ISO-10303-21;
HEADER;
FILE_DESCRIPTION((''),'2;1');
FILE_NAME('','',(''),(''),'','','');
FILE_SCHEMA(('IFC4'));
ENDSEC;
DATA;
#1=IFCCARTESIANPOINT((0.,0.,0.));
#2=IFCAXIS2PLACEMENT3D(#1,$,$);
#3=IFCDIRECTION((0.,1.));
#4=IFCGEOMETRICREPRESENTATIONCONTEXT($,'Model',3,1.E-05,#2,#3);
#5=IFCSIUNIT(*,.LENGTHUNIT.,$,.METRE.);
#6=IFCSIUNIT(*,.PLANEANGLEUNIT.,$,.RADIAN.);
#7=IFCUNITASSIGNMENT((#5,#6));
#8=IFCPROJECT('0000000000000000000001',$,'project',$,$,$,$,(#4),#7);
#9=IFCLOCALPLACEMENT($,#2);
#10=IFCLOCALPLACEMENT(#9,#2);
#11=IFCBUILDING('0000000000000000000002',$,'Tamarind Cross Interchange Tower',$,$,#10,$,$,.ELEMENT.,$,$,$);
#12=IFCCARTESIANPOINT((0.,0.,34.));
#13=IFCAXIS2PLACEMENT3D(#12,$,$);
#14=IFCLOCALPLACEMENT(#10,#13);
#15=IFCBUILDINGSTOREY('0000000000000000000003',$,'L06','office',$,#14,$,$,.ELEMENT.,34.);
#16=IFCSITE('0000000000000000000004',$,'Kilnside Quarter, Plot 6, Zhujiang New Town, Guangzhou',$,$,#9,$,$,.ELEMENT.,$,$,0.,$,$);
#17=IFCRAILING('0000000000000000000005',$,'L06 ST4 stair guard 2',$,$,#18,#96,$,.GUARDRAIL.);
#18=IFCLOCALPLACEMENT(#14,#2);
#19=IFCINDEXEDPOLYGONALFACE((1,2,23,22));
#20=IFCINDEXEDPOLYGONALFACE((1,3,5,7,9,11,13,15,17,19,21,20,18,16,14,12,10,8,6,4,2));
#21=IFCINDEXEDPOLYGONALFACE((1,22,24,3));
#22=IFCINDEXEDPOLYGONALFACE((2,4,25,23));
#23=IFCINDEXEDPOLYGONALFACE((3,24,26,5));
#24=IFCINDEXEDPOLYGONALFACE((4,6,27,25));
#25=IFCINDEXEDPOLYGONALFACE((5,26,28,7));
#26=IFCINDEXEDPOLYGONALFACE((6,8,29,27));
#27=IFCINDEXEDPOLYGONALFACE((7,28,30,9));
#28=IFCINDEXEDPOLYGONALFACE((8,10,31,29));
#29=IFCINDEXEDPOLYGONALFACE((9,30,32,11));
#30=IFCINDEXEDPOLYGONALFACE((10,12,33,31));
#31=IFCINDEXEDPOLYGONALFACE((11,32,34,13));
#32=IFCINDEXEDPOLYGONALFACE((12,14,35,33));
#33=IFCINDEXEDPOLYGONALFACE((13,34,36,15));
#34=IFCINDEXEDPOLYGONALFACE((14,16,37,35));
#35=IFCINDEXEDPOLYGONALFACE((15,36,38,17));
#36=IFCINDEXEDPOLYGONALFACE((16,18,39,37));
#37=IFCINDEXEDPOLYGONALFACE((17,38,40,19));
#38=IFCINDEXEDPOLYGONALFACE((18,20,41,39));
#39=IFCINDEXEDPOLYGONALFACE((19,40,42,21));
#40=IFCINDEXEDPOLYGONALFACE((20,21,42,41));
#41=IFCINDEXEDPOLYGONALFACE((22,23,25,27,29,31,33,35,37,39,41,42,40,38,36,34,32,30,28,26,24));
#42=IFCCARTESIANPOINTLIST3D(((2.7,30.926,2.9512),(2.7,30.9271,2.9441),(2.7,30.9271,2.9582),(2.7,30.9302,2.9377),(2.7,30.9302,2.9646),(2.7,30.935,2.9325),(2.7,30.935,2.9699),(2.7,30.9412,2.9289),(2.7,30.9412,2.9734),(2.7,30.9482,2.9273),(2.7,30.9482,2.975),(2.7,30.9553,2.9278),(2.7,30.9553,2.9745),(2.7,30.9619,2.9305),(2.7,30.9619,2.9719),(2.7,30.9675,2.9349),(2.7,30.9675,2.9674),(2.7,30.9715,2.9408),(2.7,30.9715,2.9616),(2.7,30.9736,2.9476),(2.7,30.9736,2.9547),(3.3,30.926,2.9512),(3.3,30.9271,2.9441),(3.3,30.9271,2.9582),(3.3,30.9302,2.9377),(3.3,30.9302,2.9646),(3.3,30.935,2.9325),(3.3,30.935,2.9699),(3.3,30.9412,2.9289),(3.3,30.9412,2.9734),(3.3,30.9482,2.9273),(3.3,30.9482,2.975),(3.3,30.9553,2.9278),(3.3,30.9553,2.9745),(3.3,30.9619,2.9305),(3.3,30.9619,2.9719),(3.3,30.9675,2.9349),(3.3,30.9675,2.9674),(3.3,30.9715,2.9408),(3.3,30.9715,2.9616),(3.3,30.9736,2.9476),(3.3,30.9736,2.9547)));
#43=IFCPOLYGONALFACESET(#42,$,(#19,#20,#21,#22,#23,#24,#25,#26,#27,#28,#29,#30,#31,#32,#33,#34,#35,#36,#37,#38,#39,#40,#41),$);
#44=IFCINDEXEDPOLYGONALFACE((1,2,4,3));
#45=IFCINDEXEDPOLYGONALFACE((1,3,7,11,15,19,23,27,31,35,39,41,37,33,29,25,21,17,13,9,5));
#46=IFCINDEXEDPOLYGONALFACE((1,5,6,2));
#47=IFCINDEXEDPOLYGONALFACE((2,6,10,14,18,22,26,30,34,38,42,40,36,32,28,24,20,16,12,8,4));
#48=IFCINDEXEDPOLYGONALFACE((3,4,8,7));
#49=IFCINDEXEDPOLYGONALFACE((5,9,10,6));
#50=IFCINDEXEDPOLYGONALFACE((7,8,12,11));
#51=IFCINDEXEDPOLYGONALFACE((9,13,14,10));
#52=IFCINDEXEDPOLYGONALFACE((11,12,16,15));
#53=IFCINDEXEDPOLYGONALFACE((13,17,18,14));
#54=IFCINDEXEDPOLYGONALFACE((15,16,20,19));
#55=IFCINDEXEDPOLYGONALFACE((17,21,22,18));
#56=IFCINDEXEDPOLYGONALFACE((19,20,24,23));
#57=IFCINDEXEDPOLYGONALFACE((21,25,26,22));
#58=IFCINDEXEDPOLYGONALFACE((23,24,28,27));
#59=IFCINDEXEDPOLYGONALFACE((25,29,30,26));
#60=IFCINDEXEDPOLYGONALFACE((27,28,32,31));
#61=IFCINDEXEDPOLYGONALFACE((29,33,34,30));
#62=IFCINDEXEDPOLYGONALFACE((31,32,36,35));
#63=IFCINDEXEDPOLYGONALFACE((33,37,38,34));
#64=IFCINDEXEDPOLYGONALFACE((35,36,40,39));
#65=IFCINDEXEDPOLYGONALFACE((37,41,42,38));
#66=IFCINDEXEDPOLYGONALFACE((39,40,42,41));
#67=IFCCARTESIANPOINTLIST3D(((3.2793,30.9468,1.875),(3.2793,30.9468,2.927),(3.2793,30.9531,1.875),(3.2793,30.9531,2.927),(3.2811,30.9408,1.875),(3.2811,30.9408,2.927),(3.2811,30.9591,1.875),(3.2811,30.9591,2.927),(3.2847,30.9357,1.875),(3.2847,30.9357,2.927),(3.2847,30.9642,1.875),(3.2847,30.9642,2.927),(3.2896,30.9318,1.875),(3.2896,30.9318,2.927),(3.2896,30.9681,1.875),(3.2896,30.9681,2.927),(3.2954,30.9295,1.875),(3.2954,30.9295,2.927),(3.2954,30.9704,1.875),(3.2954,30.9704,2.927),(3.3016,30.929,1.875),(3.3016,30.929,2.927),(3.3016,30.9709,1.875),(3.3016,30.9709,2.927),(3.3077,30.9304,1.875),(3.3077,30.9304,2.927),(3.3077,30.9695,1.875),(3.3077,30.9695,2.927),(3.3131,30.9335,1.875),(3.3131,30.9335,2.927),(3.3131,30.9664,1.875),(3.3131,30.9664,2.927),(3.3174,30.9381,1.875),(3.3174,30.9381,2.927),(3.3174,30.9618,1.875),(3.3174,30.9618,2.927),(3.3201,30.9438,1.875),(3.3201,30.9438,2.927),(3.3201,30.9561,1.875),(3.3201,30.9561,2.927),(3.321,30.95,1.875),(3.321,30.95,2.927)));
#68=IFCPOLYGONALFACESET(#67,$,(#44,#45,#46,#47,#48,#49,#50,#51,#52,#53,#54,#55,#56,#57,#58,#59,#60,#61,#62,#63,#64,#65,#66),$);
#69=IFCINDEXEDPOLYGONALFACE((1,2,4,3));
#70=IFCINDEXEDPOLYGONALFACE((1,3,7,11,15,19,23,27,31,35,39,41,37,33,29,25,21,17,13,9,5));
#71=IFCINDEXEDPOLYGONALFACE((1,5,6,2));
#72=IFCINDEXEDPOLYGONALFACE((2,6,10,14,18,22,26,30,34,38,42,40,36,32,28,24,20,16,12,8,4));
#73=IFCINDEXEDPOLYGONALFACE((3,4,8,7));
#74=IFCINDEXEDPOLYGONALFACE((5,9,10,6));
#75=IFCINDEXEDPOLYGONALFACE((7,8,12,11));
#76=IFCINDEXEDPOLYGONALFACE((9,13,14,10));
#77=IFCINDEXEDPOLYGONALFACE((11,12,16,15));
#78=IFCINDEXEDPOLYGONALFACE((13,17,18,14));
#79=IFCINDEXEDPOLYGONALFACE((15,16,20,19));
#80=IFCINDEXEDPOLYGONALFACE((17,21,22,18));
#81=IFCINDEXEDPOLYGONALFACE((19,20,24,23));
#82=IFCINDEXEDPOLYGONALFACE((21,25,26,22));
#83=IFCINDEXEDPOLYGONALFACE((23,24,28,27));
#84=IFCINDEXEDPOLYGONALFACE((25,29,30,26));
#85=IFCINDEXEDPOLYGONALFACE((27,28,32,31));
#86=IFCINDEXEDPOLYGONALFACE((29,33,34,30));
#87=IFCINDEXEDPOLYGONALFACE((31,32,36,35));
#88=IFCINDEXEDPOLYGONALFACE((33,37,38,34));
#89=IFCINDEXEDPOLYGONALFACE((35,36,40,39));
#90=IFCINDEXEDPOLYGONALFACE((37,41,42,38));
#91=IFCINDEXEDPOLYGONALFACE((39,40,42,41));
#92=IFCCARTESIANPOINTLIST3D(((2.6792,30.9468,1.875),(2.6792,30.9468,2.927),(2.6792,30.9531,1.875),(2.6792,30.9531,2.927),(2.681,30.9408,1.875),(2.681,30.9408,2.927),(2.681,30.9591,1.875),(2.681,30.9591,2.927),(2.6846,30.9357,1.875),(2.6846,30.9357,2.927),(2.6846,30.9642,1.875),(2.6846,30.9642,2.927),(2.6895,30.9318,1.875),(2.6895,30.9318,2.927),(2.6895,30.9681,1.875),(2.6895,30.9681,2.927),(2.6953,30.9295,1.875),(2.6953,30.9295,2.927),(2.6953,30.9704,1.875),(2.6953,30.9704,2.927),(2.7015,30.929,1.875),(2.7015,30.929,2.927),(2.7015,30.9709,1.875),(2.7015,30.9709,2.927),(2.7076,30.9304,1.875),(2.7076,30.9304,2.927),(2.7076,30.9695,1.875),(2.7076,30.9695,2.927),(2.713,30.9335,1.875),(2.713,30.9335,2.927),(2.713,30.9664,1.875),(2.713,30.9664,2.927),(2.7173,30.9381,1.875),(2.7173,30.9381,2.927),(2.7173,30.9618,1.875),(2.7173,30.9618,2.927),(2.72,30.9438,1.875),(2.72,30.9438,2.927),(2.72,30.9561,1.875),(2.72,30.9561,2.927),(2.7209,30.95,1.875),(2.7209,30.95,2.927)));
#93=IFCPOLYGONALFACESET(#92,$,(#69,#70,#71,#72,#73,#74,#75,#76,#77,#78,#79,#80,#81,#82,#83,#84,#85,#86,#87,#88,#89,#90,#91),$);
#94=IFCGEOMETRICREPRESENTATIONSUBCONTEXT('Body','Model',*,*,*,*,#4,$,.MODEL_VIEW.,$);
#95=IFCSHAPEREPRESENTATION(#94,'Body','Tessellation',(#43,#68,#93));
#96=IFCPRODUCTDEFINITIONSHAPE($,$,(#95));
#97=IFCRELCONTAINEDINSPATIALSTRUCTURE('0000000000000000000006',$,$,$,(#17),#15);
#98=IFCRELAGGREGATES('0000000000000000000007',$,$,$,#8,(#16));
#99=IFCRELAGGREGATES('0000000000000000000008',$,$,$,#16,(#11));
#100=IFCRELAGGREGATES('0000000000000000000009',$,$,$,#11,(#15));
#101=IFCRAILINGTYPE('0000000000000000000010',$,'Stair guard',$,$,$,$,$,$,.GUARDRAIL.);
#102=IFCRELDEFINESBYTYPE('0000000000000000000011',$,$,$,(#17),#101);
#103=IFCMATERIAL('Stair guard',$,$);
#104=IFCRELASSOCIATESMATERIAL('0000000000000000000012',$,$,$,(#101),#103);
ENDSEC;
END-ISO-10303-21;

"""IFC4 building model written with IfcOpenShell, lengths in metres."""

from ifc_helpers import new_model, si_unit, direction, frame, origin, origin_2d, place, context, subcontext, project, spatial, circle, extrude, material, type_object, element, save


model = new_model("IFC4")

# Units and contexts
model_context = context("Model", 3, precision=1e-05, world=origin(), true_north=direction((0.0, 1.0)))
body_context = subcontext(model_context, "Body", "Model", "MODEL_VIEW")
ifc_project = project(units=[si_unit("LENGTHUNIT", "METRE"), si_unit("PLANEANGLEUNIT", "RADIAN")], contexts=[model_context])

# Site, building, storey
site_placement = place(None, origin())
site = spatial("IfcSite", under=ifc_project, at=site_placement, Name="Kilnside Quarter, Plot 6, Zhujiang New Town, Guangzhou", CompositionType="ELEMENT", RefElevation=0.0)
building_placement = place(site_placement, origin())
building = spatial("IfcBuilding", under=site, at=building_placement, Name="Tamarind Cross Interchange Tower", CompositionType="ELEMENT")
storey_placement = place(building_placement, frame((0.0, 0.0, 34.0)))
storey = spatial("IfcBuildingStorey", under=building, at=storey_placement, Name="L06", Description="office", CompositionType="ELEMENT", Elevation=34.0)

# Railing
ifc_material_1 = material(Name="Stair guard")
railing_type_1 = type_object("IfcRailingType", Name="Stair guard", PredefinedType="GUARDRAIL", material=ifc_material_1)
railing_1_placement = place(storey_placement, frame((3.3, 30.95, 1.875)))
element("IfcRailing", 1, at=railing_1_placement, inside=storey, type_object=railing_type_1, Name="L06 ST4 stair guard 2", PredefinedType="GUARDRAIL", context=body_context, shape_type="SweptSolid", body=[
    extrude(circle(Radius=0.0239, at=origin_2d()), frame((0.0, 0.0, 1.0762), z_axis=(-1.0, 0.0, 0.0), x_axis=(0.0, -1.0, 0.0)), (0.0, 0.0, 1.0), 0.6001),
    extrude(circle(Radius=0.021, at=origin_2d()), origin(), (0.0, 0.0, 1.0), 1.052),
    extrude(circle(Radius=0.021, at=origin_2d()), frame((-0.6001, 0.0, 0.0)), (0.0, 0.0, 1.0), 1.052),
])

save(model, "model.ifc")
